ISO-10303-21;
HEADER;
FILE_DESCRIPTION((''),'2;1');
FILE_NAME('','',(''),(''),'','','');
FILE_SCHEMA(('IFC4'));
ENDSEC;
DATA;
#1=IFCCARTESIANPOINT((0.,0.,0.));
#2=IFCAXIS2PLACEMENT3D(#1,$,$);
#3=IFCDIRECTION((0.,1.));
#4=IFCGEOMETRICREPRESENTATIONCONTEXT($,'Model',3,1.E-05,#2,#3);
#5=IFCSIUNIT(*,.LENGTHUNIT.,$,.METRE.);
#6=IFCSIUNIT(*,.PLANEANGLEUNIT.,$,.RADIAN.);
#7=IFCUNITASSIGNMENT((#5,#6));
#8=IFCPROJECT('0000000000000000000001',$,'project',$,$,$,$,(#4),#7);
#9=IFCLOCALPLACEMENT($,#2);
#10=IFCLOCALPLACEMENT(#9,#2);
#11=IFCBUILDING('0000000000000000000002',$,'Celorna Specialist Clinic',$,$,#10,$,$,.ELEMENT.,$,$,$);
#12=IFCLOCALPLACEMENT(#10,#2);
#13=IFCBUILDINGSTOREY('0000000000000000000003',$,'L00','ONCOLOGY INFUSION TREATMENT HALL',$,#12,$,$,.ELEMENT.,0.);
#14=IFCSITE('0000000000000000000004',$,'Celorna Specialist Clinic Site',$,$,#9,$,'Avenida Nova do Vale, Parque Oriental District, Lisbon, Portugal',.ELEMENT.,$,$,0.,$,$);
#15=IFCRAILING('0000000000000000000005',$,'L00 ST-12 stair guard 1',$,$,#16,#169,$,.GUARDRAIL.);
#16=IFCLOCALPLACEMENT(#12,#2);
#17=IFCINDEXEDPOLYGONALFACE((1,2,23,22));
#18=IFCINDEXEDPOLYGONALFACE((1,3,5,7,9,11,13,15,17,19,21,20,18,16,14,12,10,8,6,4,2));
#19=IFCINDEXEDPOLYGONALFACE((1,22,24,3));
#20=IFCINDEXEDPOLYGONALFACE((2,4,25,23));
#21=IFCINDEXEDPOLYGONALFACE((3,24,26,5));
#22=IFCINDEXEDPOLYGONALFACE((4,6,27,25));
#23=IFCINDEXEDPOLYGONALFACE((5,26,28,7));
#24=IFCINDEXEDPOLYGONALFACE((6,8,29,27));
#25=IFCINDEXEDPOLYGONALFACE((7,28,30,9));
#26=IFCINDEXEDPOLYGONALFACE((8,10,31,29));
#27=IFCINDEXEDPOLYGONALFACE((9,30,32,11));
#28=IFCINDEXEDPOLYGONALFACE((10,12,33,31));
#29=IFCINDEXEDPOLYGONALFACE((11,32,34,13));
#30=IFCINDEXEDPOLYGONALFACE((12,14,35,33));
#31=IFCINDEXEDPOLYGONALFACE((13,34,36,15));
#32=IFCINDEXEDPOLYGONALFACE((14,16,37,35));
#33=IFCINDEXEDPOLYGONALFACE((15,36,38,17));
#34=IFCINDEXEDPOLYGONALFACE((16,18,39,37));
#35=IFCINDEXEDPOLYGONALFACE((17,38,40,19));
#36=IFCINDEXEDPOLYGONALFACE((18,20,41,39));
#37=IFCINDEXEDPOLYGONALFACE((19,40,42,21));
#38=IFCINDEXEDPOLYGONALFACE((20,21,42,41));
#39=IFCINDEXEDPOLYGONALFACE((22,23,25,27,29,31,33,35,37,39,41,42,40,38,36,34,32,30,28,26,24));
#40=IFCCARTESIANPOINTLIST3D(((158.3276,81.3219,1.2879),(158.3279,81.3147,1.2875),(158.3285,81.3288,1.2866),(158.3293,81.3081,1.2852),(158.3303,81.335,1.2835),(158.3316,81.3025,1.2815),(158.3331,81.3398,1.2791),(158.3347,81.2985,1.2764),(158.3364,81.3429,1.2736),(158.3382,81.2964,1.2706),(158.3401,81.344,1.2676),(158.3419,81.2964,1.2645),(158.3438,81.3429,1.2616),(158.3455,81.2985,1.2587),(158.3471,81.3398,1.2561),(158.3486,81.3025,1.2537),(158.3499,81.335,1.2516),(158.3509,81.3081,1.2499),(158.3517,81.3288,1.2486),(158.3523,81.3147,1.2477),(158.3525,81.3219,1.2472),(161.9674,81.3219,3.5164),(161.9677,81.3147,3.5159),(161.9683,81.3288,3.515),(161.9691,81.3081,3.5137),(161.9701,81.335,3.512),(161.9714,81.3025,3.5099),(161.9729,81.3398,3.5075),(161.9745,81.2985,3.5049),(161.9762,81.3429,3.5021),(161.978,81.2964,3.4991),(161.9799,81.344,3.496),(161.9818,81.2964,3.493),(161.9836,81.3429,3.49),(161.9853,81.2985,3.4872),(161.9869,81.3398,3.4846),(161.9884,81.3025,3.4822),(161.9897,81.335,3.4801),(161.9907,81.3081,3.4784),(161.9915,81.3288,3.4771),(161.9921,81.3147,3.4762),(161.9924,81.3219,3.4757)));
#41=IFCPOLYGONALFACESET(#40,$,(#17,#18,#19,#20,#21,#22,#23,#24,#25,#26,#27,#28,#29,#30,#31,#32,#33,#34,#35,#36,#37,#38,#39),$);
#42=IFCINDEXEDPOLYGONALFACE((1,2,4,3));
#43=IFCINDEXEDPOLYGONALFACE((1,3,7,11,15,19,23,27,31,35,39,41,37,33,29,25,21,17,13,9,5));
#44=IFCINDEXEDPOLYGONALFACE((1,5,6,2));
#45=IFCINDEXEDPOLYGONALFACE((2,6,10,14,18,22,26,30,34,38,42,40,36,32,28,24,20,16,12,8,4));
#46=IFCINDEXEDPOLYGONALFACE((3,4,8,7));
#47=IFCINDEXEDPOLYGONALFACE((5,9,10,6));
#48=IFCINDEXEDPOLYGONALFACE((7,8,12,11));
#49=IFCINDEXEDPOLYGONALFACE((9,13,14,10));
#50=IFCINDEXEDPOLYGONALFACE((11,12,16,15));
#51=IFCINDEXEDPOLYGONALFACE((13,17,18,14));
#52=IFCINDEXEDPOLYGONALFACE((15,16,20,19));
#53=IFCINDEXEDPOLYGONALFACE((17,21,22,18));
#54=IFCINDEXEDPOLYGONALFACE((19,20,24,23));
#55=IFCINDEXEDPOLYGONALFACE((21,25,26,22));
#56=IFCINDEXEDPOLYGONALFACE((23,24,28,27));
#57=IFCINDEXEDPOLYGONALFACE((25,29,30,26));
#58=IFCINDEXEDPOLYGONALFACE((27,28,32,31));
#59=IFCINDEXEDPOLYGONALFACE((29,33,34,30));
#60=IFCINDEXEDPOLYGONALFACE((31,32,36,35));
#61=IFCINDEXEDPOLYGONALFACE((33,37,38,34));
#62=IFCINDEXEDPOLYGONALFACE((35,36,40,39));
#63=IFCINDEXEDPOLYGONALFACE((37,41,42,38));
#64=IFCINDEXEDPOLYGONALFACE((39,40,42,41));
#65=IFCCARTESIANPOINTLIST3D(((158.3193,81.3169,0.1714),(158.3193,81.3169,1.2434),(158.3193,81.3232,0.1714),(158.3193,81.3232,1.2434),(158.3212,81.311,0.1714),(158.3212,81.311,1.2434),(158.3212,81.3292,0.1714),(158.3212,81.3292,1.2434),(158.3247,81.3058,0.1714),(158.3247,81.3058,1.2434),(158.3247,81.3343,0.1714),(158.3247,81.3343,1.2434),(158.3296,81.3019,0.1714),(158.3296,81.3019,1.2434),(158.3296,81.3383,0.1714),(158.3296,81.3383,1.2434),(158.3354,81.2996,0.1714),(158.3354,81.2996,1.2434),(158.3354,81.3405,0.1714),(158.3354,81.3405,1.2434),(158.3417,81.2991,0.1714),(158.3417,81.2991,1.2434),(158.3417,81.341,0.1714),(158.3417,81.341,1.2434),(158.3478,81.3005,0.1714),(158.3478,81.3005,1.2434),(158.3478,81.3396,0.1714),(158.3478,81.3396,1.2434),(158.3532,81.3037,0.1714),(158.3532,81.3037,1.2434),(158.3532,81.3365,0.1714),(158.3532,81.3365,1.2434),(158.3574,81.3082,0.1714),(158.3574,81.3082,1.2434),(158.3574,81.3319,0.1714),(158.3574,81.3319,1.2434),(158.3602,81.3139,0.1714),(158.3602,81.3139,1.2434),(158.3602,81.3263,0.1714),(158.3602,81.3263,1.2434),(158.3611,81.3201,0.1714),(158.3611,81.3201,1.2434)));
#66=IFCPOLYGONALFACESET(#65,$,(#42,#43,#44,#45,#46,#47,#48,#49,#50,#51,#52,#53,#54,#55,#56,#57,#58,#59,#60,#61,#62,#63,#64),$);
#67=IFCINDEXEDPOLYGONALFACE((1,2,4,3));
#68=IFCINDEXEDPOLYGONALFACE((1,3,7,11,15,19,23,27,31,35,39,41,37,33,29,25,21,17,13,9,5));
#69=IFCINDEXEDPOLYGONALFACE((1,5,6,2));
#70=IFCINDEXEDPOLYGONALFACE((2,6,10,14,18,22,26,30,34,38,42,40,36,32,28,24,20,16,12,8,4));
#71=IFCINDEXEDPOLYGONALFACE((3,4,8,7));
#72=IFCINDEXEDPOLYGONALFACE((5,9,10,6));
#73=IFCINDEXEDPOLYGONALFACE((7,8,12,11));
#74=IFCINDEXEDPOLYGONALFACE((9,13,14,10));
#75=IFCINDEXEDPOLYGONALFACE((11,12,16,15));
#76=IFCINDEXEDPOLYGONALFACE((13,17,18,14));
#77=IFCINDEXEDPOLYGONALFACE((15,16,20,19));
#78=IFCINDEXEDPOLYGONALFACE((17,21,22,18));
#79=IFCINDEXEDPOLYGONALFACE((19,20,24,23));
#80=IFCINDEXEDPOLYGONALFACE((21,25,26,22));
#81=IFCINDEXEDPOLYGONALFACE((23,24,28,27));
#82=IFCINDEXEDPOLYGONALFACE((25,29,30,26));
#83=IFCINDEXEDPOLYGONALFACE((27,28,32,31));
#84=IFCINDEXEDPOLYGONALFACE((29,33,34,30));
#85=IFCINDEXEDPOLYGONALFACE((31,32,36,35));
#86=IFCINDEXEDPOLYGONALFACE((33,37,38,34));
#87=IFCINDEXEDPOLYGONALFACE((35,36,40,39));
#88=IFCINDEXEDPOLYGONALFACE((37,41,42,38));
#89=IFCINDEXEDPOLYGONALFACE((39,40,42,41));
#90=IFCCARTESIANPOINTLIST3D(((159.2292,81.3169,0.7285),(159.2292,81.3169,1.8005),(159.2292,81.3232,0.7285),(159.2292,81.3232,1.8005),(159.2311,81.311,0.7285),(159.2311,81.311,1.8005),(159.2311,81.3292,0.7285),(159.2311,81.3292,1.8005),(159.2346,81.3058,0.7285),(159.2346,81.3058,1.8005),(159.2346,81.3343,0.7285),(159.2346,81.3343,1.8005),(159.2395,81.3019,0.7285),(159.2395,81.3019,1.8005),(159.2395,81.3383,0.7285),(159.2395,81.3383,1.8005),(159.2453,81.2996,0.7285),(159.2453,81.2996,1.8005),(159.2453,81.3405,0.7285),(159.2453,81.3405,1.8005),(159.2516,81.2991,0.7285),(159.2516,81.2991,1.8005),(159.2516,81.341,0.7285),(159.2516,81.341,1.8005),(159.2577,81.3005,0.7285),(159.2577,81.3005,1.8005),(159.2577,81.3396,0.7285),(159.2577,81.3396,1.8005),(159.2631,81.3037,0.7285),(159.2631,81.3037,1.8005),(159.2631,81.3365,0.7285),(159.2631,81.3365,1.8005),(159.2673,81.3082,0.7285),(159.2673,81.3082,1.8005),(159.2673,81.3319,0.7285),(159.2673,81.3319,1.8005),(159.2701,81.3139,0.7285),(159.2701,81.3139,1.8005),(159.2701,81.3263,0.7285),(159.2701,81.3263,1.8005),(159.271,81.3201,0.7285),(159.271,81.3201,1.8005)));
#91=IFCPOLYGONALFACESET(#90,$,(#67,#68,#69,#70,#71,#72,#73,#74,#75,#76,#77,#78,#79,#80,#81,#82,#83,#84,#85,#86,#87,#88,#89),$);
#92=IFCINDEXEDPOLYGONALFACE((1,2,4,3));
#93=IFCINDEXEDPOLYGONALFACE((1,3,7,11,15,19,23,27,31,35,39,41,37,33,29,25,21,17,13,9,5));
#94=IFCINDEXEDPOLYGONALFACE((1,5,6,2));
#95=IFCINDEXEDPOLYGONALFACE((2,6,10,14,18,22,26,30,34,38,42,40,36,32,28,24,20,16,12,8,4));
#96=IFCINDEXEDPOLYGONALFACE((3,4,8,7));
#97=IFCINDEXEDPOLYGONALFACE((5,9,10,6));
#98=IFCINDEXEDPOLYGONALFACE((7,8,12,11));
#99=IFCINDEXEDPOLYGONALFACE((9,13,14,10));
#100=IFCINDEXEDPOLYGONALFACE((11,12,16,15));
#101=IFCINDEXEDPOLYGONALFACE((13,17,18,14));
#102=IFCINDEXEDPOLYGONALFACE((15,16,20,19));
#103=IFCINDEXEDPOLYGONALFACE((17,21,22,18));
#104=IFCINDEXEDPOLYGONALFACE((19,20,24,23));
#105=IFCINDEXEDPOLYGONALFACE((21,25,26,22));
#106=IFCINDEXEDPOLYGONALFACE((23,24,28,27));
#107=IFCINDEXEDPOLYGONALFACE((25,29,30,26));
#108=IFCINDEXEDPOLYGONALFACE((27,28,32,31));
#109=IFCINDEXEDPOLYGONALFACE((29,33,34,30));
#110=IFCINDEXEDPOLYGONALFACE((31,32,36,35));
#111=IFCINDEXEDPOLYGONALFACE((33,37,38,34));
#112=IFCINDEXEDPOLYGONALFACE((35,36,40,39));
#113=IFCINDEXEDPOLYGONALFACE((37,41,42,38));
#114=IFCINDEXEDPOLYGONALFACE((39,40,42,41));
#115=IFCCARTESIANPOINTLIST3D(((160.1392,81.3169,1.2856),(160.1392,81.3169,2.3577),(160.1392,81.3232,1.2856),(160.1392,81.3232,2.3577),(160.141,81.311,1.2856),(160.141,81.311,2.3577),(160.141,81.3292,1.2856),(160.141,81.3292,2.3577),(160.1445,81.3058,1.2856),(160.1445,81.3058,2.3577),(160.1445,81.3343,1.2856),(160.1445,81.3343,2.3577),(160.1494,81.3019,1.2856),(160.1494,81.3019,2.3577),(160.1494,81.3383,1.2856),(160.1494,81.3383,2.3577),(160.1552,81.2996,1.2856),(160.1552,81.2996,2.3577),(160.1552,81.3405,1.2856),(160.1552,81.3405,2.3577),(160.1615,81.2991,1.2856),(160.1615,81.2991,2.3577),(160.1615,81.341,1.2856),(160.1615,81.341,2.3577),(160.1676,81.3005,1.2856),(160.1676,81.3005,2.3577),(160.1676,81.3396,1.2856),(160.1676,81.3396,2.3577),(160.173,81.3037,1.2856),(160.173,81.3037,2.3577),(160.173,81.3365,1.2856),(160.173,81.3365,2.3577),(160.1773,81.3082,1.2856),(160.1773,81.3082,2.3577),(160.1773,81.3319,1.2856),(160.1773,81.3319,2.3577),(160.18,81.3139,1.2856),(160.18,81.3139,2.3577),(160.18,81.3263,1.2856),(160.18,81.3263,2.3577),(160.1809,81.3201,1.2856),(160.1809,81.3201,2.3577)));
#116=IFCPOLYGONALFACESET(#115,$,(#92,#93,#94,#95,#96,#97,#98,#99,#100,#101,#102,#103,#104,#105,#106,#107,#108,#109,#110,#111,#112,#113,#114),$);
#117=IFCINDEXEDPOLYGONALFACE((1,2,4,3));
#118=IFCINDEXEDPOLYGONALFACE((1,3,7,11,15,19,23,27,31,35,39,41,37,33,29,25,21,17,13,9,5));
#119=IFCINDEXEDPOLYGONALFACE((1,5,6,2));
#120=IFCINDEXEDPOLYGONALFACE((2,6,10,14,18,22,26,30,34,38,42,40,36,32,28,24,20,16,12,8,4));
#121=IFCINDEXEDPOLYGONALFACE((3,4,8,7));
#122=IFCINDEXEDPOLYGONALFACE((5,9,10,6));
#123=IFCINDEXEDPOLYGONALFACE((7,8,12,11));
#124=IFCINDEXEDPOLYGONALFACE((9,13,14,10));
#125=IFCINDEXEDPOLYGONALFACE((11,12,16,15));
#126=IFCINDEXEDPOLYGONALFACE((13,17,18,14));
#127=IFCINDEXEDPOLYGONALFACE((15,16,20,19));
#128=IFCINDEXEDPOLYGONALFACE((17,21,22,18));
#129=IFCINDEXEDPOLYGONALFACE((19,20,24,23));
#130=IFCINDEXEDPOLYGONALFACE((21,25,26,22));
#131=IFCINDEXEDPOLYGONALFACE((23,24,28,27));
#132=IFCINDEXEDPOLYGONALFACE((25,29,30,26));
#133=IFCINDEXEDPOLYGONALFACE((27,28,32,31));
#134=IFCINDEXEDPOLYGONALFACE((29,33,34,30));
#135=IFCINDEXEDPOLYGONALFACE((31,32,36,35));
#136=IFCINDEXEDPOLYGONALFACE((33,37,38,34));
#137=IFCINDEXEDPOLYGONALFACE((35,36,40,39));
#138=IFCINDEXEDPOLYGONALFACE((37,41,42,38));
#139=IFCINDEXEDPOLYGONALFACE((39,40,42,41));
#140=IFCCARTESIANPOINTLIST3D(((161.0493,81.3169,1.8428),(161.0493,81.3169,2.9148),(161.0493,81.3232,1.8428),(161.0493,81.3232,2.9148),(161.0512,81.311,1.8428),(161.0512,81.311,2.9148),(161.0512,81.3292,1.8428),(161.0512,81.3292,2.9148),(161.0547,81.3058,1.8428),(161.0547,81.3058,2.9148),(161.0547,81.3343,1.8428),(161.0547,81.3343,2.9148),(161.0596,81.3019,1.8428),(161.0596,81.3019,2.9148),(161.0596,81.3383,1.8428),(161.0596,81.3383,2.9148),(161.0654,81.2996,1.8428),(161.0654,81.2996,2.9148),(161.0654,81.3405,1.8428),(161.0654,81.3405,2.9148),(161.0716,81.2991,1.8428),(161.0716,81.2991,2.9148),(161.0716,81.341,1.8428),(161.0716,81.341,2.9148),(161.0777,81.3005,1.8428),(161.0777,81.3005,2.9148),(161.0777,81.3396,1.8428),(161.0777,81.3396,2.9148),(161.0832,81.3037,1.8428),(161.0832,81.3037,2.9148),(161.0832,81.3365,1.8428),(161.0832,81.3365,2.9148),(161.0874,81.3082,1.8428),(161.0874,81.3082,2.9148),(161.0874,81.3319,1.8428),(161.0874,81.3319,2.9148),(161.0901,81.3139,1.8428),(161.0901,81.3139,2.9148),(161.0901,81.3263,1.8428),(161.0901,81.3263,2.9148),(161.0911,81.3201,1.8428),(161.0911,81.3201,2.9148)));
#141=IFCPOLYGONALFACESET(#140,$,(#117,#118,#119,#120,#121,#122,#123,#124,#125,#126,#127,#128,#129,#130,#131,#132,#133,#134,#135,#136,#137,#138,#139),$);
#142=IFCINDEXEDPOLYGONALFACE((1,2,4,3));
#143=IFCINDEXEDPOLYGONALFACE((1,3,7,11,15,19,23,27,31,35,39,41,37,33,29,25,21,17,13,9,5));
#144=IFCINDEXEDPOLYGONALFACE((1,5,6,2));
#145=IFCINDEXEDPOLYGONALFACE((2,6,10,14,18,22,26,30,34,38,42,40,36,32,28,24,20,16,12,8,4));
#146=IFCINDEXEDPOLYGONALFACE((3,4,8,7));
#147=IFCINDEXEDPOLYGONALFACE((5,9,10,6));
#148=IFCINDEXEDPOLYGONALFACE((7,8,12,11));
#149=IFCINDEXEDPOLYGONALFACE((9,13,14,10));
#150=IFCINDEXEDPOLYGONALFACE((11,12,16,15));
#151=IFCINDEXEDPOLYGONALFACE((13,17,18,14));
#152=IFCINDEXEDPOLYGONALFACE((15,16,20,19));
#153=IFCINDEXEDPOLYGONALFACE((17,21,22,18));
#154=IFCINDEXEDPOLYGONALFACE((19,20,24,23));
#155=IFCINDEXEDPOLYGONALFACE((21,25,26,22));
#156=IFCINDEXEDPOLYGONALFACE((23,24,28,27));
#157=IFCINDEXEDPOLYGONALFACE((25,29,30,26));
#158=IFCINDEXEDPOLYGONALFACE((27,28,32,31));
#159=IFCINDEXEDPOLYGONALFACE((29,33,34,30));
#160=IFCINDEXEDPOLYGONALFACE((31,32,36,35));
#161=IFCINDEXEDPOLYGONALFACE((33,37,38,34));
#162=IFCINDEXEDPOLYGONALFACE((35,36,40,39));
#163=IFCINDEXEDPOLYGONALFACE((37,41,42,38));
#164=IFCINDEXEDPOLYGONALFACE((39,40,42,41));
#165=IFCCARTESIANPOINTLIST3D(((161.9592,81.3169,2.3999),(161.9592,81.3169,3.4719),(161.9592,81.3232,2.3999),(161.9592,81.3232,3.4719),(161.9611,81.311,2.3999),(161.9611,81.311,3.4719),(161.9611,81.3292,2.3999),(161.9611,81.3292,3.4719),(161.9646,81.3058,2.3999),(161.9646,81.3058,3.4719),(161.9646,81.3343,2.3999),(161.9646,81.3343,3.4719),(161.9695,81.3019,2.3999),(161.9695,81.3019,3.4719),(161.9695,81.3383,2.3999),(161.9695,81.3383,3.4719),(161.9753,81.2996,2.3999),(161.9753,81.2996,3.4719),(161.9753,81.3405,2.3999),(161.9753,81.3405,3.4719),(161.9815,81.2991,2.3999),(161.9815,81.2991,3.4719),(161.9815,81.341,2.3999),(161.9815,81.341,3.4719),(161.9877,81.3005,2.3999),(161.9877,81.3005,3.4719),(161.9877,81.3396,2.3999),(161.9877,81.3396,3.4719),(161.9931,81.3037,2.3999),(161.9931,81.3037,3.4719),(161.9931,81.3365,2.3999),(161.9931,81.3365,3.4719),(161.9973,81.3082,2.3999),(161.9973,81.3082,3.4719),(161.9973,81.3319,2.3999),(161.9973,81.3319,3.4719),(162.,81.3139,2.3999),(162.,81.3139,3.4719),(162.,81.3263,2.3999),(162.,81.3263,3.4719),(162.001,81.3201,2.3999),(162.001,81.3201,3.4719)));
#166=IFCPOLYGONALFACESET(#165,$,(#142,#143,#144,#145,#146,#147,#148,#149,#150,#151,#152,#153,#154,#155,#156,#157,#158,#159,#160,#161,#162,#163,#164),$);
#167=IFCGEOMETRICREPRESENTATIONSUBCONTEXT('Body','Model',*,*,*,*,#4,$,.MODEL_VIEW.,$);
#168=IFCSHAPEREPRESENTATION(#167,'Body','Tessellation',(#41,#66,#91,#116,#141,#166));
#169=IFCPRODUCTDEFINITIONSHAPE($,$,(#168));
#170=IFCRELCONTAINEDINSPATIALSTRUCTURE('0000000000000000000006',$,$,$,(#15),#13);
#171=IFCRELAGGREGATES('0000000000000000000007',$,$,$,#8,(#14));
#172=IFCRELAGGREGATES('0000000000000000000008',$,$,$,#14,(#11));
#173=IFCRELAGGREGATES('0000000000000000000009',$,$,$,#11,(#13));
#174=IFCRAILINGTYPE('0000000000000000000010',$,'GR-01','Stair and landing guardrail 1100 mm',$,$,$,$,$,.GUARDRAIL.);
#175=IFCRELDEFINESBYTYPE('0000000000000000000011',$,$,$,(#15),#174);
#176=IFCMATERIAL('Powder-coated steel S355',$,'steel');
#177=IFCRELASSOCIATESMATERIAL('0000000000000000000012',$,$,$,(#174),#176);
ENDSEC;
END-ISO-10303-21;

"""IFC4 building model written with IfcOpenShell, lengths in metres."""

from ifc_helpers import new_model, si_unit, direction, frame, origin, origin_2d, place, context, subcontext, project, spatial, circle, extrude, material, type_object, element, save


model = new_model("IFC4")

# Units and contexts
model_context = context("Model", 3, precision=1e-05, world=origin(), true_north=direction((0.0, 1.0)))
body_context = subcontext(model_context, "Body", "Model", "MODEL_VIEW")
ifc_project = project(units=[si_unit("LENGTHUNIT", "METRE"), si_unit("PLANEANGLEUNIT", "RADIAN")], contexts=[model_context])

# Site, building, storey
site_placement = place(None, origin())
site = spatial("IfcSite", under=ifc_project, at=site_placement, Name="Celorna Specialist Clinic Site", LongName="Avenida Nova do Vale, Parque Oriental District, Lisbon, Portugal", CompositionType="ELEMENT", RefElevation=0.0)
building_placement = place(site_placement, origin())
building = spatial("IfcBuilding", under=site, at=building_placement, Name="Celorna Specialist Clinic", CompositionType="ELEMENT")
storey_placement = place(building_placement, origin())
storey = spatial("IfcBuildingStorey", under=building, at=storey_placement, Name="L00", Description="ONCOLOGY INFUSION TREATMENT HALL", CompositionType="ELEMENT", Elevation=0.0)

# Railing
ifc_material_1 = material(Name="Powder-coated steel S355", Category="steel")
railing_type_1 = type_object("IfcRailingType", Name="GR-01", Description="Stair and landing guardrail 1100 mm", PredefinedType="GUARDRAIL", material=ifc_material_1)
railing_1_placement = place(storey_placement, frame((158.3401, 81.3201, 0.1714)))
element("IfcRailing", 1, at=railing_1_placement, inside=storey, type_object=railing_type_1, Name="L00 ST-12 stair guard 1", PredefinedType="GUARDRAIL", context=body_context, shape_type="SweptSolid", body=[
    extrude(circle(Radius=0.0239, at=origin_2d()), frame((0.0, 0.0, 1.0962), z_axis=(0.85285, 0.0, 0.522156), x_axis=(0.0, 1.0, 0.0)), (0.0, 0.0, 1.0), 4.2678),
    extrude(circle(Radius=0.021, at=origin_2d()), origin(), (0.0, 0.0, 1.0), 1.072),
    extrude(circle(Radius=0.021, at=origin_2d()), frame((0.9099, 0.0, 0.5571)), (0.0, 0.0, 1.0), 1.072),
    extrude(circle(Radius=0.021, at=origin_2d()), frame((1.8198, 0.0, 1.1143)), (0.0, 0.0, 1.0), 1.072),
    extrude(circle(Radius=0.021, at=origin_2d()), frame((2.73, 0.0, 1.6714)), (0.0, 0.0, 1.0), 1.072),
    extrude(circle(Radius=0.021, at=origin_2d()), frame((3.6399, 0.0, 2.2285)), (0.0, 0.0, 1.0), 1.072),
])

save(model, "model.ifc")
